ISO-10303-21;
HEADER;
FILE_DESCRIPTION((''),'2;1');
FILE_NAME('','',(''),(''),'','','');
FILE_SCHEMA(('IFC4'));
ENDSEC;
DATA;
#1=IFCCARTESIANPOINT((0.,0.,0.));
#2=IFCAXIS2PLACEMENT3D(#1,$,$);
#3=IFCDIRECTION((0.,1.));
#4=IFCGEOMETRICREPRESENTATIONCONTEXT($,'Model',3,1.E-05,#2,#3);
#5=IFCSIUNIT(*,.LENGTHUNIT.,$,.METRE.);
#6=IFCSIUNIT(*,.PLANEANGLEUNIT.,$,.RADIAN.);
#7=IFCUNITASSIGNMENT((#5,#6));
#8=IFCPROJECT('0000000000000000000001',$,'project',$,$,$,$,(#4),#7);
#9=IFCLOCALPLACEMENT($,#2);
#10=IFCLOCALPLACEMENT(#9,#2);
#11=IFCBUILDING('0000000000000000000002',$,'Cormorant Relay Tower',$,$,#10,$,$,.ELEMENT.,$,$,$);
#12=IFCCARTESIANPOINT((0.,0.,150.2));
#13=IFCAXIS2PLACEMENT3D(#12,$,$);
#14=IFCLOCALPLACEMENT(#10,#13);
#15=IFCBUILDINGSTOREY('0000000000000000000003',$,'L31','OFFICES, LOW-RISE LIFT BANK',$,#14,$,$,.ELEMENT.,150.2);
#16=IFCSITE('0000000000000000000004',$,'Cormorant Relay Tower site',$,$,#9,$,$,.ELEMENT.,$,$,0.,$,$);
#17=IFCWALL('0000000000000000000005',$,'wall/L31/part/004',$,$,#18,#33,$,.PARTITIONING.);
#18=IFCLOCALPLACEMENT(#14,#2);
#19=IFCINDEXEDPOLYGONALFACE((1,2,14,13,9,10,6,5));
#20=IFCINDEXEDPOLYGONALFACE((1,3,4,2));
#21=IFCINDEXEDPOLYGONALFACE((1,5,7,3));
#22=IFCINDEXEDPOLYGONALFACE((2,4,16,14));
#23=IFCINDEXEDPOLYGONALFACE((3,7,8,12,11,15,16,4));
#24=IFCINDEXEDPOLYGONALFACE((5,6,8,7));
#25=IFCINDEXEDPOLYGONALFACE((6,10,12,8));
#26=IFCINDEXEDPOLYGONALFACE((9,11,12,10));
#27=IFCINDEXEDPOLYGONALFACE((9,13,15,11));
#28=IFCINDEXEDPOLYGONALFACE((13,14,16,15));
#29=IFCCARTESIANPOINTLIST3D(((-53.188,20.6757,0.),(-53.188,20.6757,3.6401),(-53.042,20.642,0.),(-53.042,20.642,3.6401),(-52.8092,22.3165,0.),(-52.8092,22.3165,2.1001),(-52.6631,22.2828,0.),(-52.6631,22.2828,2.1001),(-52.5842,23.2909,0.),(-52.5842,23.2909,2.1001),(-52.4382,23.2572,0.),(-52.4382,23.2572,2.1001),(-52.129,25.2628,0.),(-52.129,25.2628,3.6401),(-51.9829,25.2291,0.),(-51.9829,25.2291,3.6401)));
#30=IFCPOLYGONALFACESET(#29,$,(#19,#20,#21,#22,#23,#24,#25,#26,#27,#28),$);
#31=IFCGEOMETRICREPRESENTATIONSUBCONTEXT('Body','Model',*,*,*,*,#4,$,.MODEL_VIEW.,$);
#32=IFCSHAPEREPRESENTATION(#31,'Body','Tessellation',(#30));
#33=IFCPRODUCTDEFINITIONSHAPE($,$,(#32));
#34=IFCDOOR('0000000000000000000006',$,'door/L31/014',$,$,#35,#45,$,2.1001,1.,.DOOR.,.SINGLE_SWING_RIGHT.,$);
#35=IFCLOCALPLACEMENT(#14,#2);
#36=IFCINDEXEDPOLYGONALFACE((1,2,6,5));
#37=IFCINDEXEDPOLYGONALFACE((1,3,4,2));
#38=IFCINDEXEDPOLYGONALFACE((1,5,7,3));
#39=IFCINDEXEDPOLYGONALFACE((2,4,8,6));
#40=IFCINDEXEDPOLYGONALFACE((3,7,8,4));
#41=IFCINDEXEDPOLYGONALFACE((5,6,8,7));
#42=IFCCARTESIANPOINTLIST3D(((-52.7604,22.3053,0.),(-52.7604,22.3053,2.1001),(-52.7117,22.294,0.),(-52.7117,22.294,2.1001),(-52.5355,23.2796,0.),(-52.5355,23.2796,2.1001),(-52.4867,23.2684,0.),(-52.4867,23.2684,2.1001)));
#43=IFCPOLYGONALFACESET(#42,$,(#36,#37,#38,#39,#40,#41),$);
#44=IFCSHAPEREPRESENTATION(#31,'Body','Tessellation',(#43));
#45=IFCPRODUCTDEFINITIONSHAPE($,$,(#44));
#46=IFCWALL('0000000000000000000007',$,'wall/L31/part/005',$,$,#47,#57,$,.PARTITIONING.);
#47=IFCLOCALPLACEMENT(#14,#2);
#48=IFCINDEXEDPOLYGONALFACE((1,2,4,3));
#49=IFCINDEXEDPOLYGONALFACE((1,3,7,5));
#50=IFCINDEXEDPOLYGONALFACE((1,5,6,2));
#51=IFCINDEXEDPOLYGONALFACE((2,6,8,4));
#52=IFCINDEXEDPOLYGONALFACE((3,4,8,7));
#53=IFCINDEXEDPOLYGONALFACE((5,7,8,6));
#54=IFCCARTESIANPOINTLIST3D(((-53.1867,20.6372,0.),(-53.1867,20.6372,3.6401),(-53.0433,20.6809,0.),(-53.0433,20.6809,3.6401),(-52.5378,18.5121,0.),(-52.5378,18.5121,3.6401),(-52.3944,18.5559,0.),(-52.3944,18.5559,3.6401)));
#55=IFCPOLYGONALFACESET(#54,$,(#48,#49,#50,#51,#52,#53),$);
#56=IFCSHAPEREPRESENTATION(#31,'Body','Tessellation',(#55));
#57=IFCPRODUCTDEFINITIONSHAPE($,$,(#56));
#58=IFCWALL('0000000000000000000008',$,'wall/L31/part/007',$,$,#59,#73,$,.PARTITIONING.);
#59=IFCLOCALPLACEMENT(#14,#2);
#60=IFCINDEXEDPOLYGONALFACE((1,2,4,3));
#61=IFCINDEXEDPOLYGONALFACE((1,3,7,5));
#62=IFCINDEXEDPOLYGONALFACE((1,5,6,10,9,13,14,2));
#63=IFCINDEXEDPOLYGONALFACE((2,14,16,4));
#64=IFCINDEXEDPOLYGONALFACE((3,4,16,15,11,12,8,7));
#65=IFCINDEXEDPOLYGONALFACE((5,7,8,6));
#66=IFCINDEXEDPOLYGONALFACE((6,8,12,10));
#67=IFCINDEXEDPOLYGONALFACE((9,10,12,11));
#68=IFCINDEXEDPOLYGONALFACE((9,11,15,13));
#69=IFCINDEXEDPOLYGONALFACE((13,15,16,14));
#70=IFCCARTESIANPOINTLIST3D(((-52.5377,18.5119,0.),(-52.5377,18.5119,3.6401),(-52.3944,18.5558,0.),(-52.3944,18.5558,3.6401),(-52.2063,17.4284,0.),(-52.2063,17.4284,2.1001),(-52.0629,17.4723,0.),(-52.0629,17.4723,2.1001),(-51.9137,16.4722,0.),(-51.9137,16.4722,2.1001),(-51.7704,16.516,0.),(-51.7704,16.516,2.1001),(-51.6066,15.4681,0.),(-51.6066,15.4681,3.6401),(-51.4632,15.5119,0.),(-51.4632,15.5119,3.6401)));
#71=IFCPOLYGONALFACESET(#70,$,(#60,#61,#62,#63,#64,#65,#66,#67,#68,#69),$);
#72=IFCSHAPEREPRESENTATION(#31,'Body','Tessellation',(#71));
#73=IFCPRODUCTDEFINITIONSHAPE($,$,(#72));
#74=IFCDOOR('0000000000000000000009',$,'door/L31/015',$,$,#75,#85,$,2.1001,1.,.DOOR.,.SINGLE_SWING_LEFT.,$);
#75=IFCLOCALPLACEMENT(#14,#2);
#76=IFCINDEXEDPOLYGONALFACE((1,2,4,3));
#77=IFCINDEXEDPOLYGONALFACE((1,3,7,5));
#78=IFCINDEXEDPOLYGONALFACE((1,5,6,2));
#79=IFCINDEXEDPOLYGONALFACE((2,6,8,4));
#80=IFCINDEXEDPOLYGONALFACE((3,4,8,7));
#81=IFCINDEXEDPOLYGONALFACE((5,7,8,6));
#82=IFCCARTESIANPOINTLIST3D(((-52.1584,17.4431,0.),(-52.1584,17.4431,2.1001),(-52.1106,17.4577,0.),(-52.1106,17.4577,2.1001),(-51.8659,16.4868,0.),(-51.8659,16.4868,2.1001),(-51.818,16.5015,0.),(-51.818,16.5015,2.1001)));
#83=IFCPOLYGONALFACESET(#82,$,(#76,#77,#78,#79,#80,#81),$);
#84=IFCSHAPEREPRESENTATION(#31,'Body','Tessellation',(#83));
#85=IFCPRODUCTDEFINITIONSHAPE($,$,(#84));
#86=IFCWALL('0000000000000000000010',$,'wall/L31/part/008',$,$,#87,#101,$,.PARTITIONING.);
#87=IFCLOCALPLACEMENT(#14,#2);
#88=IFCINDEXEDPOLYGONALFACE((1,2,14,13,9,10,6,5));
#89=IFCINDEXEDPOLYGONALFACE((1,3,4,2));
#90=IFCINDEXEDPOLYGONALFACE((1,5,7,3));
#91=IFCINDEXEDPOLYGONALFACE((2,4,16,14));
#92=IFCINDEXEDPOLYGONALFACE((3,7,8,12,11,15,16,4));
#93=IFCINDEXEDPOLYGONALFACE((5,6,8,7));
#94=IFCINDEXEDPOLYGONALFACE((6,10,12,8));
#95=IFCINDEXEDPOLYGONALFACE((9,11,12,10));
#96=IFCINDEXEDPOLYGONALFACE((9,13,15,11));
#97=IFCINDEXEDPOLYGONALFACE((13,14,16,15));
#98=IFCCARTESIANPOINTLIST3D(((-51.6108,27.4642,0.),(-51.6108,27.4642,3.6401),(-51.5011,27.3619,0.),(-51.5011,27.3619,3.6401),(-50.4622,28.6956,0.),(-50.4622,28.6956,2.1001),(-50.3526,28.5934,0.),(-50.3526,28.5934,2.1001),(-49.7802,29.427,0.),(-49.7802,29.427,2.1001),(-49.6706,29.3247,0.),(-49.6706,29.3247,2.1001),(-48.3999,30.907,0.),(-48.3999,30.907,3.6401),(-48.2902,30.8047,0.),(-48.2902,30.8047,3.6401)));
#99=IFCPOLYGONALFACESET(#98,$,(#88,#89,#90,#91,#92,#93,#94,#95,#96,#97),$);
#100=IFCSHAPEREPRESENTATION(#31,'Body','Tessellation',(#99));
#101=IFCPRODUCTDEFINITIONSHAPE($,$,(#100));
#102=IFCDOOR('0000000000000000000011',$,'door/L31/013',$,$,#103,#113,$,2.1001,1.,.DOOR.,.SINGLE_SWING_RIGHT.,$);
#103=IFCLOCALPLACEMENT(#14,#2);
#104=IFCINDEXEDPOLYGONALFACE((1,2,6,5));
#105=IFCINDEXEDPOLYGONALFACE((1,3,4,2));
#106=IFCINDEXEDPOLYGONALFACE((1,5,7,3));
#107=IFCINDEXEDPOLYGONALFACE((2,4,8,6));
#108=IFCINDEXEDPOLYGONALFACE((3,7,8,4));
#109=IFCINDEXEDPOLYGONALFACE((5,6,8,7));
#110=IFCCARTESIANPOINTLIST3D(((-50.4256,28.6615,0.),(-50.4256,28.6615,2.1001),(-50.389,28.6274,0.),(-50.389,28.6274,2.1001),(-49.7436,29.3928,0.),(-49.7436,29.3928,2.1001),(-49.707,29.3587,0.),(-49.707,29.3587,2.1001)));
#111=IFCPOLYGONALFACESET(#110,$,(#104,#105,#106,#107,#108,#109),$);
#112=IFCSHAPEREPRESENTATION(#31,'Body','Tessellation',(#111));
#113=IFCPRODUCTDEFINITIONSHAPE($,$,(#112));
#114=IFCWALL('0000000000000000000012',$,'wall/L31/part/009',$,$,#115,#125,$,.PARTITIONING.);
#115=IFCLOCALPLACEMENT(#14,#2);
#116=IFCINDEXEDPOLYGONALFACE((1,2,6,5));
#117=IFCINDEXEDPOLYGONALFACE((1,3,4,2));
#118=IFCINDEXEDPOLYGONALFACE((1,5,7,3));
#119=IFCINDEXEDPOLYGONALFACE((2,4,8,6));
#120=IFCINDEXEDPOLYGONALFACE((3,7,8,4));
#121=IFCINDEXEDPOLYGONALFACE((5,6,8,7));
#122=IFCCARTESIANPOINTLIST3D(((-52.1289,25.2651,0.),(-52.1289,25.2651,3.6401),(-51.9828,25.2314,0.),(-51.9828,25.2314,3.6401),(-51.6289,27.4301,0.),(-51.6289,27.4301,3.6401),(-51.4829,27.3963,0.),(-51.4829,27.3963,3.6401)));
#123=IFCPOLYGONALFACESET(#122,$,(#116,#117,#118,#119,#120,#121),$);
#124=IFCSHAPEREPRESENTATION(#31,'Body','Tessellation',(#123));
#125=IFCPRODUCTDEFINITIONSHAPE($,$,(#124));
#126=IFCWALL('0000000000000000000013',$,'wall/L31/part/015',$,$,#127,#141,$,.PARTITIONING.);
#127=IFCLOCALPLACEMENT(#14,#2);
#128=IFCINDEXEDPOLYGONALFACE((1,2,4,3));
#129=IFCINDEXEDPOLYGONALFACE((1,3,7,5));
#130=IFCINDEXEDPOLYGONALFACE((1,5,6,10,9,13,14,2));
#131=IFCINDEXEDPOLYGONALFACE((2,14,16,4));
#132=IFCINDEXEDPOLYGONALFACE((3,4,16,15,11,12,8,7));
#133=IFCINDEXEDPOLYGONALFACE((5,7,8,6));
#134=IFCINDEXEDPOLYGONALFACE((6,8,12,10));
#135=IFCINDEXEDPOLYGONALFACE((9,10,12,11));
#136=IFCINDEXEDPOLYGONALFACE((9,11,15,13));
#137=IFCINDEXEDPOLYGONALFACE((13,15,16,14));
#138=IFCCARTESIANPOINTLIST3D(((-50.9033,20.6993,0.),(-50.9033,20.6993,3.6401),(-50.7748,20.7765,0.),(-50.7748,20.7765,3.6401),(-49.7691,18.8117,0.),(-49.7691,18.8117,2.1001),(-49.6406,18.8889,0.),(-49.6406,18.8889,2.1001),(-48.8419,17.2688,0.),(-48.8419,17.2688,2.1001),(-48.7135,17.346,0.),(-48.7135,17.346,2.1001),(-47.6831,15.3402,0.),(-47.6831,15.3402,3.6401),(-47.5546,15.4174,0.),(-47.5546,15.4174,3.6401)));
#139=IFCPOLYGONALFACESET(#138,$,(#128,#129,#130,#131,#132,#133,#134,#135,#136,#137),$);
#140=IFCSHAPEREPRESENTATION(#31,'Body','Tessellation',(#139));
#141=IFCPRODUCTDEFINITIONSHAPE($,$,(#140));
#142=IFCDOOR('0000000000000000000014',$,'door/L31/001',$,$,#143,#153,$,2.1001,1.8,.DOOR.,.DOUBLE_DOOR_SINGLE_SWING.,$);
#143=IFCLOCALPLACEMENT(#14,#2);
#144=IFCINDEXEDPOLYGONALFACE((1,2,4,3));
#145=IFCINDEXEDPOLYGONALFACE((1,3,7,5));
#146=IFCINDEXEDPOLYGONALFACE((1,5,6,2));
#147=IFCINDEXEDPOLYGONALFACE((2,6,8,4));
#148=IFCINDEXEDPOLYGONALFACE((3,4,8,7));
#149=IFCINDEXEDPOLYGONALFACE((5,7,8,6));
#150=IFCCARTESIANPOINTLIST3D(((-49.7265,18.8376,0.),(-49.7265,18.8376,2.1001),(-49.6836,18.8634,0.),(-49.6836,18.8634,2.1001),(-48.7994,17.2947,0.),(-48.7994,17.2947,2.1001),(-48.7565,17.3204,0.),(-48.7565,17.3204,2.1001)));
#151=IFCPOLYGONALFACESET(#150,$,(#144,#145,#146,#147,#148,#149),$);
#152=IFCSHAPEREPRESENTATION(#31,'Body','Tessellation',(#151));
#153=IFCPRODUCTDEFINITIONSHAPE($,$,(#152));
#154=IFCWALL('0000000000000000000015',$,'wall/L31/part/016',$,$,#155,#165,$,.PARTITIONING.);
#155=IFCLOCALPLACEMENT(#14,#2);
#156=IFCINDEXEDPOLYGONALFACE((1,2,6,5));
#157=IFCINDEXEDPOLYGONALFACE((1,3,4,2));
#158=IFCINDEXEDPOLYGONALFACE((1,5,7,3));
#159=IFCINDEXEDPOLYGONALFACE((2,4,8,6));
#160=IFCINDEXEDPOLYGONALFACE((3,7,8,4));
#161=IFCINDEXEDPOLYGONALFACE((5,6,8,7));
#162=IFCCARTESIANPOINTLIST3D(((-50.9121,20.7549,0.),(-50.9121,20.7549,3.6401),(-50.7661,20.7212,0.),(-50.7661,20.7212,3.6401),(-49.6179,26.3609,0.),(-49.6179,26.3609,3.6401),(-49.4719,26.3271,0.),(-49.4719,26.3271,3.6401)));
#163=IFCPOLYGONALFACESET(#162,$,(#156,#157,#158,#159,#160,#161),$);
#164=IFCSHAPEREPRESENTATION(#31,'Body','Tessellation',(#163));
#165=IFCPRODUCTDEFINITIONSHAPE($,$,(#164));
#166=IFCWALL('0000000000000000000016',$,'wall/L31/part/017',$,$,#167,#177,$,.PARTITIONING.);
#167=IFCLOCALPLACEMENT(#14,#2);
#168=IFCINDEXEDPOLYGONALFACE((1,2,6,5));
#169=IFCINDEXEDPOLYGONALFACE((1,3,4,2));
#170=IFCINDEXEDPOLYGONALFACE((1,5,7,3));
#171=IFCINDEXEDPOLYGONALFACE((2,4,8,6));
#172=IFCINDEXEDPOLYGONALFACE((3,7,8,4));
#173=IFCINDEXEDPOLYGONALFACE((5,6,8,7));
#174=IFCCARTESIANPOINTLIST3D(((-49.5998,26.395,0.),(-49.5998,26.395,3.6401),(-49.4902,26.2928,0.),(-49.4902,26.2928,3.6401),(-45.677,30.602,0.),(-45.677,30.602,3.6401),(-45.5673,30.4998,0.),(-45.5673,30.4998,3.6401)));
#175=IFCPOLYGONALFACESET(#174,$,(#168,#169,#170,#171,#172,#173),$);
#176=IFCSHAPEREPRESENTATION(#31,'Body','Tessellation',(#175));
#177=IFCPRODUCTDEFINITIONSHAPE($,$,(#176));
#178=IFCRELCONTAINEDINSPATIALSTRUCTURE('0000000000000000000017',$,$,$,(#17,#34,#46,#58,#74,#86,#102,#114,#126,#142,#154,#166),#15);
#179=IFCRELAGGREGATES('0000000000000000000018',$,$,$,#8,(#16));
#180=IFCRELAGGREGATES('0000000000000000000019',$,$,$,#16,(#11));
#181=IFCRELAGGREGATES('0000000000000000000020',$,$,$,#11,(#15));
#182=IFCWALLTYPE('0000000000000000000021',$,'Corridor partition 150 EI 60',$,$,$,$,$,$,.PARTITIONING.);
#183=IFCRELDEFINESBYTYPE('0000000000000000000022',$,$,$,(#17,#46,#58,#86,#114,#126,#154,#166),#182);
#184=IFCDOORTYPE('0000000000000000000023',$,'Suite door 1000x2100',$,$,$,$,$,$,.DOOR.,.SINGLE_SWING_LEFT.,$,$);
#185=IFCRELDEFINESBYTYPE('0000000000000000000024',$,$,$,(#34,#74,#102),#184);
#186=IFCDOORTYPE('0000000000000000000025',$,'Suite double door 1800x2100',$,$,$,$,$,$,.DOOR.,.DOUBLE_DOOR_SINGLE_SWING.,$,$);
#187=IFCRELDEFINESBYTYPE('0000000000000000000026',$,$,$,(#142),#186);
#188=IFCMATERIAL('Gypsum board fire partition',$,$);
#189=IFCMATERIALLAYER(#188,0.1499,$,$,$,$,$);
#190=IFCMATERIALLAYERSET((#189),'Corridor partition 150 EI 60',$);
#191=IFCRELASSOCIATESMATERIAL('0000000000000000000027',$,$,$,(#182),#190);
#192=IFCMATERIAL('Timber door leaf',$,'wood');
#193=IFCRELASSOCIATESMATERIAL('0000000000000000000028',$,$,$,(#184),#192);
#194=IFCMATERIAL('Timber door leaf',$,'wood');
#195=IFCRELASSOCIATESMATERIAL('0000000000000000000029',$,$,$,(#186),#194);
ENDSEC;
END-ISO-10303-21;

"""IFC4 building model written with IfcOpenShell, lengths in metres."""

from ifc_helpers import new_model, si_unit, direction, frame, frame_2d, origin, place, context, subcontext, project, spatial, rectangle, extrude, material, layer, layer_set, type_object, element, fill, save


model = new_model("IFC4")

# Units and contexts
model_context = context("Model", 3, precision=1e-05, world=origin(), true_north=direction((0.0, 1.0)))
body_context = subcontext(model_context, "Body", "Model", "MODEL_VIEW")
ifc_project = project(units=[si_unit("LENGTHUNIT", "METRE"), si_unit("PLANEANGLEUNIT", "RADIAN")], contexts=[model_context])

# Site, building, storey
site_placement = place(None, origin())
site = spatial("IfcSite", under=ifc_project, at=site_placement, Name="Cormorant Relay Tower site", CompositionType="ELEMENT", RefElevation=0.0)
building_placement = place(site_placement, origin())
building = spatial("IfcBuilding", under=site, at=building_placement, Name="Cormorant Relay Tower", CompositionType="ELEMENT")
storey_placement = place(building_placement, frame((0.0, 0.0, 150.2)))
storey = spatial("IfcBuildingStorey", under=building, at=storey_placement, Name="L31", Description="OFFICES, LOW-RISE LIFT BANK", CompositionType="ELEMENT", Elevation=150.2)

# Wall, opening, door
ifc_material_1 = material(Name="Gypsum board fire partition")
ifc_layer_1 = layer(ifc_material_1, 0.1499)
ifc_layer_set_1 = layer_set([ifc_layer_1], Name="Corridor partition 150 EI 60")
wall_type_1 = type_object("IfcWallType", Name="Corridor partition 150 EI 60", PredefinedType="PARTITIONING", material=ifc_layer_set_1)
wall_1_placement = place(storey_placement, frame((-52.0559, 25.2461, 0.0), z_axis=(0.0, 0.0, 1.0), x_axis=(-0.224962, -0.974368, 0.0)))
wall_1 = element("IfcWall", 1, at=wall_1_placement, inside=storey, type_object=wall_type_1, Name="wall/L31/part/004", PredefinedType="PARTITIONING", context=body_context, shape_type="SweptSolid", body=[
    extrude(rectangle(XDim=4.7078, YDim=0.1499, at=frame_2d((2.354, 0.0))), origin(), (0.0, 0.0, 1.0), 3.6401),
])
opening_1_placement = place(wall_1_placement, frame((2.0239, 0.0, 0.0)))
opening_1 = element("IfcOpeningElement", 2, at=opening_1_placement, cuts=wall_1, PredefinedType="OPENING", context=body_context, shape_type="SweptSolid", body=[
    extrude(rectangle(XDim=1.0, YDim=2.1001, at=frame_2d((0.5, 1.05))), frame((0.0, 0.085, 0.0), z_axis=(0.0, -1.0, 0.0), x_axis=(1.0, 0.0, 0.0)), (0.0, 0.0, 1.0), 0.1699),
])
ifc_material_2 = material(Name="Timber door leaf", Category="wood")
door_type_1 = type_object("IfcDoorType", Name="Suite door 1000x2100", OperationType="SINGLE_SWING_LEFT", PredefinedType="DOOR", material=ifc_material_2)
door_1_placement = place(opening_1_placement, frame((1.0, 0.0, 0.0), z_axis=(0.0, 0.0, 1.0), x_axis=(-1.0, 0.0, 0.0)))
door_1 = element("IfcDoor", 3, at=door_1_placement, inside=storey, type_object=door_type_1, Name="door/L31/014", OperationType="SINGLE_SWING_RIGHT", OverallHeight=2.1001, OverallWidth=1.0, PredefinedType="DOOR", context=body_context, shape_type="SweptSolid", body=[
    extrude(rectangle(XDim=1.0, YDim=2.1001, at=frame_2d((0.5, 1.05))), frame((0.0, 0.0249, 0.0), z_axis=(0.0, -1.0, 0.0), x_axis=(1.0, 0.0, 0.0)), (0.0, 0.0, 1.0), 0.05),
])
fill(opening_1, door_1)

# Wall
wall_2_placement = place(storey_placement, frame((-53.115, 20.6589, 0.0), z_axis=(0.0, 0.0, 1.0), x_axis=(0.292062, -0.956399, 0.0)))
element("IfcWall", 4, at=wall_2_placement, inside=storey, type_object=wall_type_1, Name="wall/L31/part/005", PredefinedType="PARTITIONING", context=body_context, shape_type="SweptSolid", body=[
    extrude(rectangle(XDim=2.2219, YDim=0.1499, at=frame_2d((1.1108, 0.0))), origin(), (0.0, 0.0, 1.0), 3.6401),
])

# Walls, openings, doors
wall_3_placement = place(storey_placement, frame((-51.5349, 15.49, 0.0), z_axis=(0.0, 0.0, 1.0), x_axis=(-0.292522, 0.956259, 0.0)))
wall_3 = element("IfcWall", 5, at=wall_3_placement, inside=storey, type_object=wall_type_1, Name="wall/L31/part/007", PredefinedType="PARTITIONING", context=body_context, shape_type="SweptSolid", body=[
    extrude(rectangle(XDim=3.1831, YDim=0.1499, at=frame_2d((1.5916, 0.0))), origin(), (0.0, 0.0, 1.0), 3.6401),
])
opening_2_placement = place(wall_3_placement, frame((1.05, 0.0, 0.0)))
opening_2 = element("IfcOpeningElement", 6, at=opening_2_placement, cuts=wall_3, PredefinedType="OPENING", context=body_context, shape_type="SweptSolid", body=[
    extrude(rectangle(XDim=1.0, YDim=2.1001, at=frame_2d((0.5, 1.05))), frame((0.0, 0.085, 0.0), z_axis=(0.0, -1.0, 0.0), x_axis=(1.0, 0.0, 0.0)), (0.0, 0.0, 1.0), 0.1699),
])
door_2_placement = place(opening_2_placement, origin())
door_2 = element("IfcDoor", 7, at=door_2_placement, inside=storey, type_object=door_type_1, Name="door/L31/015", OperationType="SINGLE_SWING_LEFT", OverallHeight=2.1001, OverallWidth=1.0, PredefinedType="DOOR", context=body_context, shape_type="SweptSolid", body=[
    extrude(rectangle(XDim=1.0, YDim=2.1001, at=frame_2d((0.5, 1.05))), frame((0.0, 0.0249, 0.0), z_axis=(0.0, -1.0, 0.0), x_axis=(1.0, 0.0, 0.0)), (0.0, 0.0, 1.0), 0.05),
])
fill(opening_2, door_2)
wall_4_placement = place(storey_placement, frame((-48.345, 30.856, 0.0), z_axis=(0.0, 0.0, 1.0), x_axis=(-0.682045, -0.73131, 0.0)))
wall_4 = element("IfcWall", 8, at=wall_4_placement, inside=storey, type_object=wall_type_1, Name="wall/L31/part/008", PredefinedType="PARTITIONING", context=body_context, shape_type="SweptSolid", body=[
    extrude(rectangle(XDim=4.7078, YDim=0.1499, at=frame_2d((2.354, 0.0))), origin(), (0.0, 0.0, 1.0), 3.6401),
])
opening_3_placement = place(wall_4_placement, frame((2.0239, 0.0, 0.0)))
opening_3 = element("IfcOpeningElement", 9, at=opening_3_placement, cuts=wall_4, PredefinedType="OPENING", context=body_context, shape_type="SweptSolid", body=[
    extrude(rectangle(XDim=1.0, YDim=2.1001, at=frame_2d((0.5, 1.05))), frame((0.0, 0.085, 0.0), z_axis=(0.0, -1.0, 0.0), x_axis=(1.0, 0.0, 0.0)), (0.0, 0.0, 1.0), 0.1699),
])
door_3_placement = place(opening_3_placement, frame((1.0, 0.0, 0.0), z_axis=(0.0, 0.0, 1.0), x_axis=(-1.0, 0.0, 0.0)))
door_3 = element("IfcDoor", 10, at=door_3_placement, inside=storey, type_object=door_type_1, Name="door/L31/013", OperationType="SINGLE_SWING_RIGHT", OverallHeight=2.1001, OverallWidth=1.0, PredefinedType="DOOR", context=body_context, shape_type="SweptSolid", body=[
    extrude(rectangle(XDim=1.0, YDim=2.1001, at=frame_2d((0.5, 1.05))), frame((0.0, 0.0249, 0.0), z_axis=(0.0, -1.0, 0.0), x_axis=(1.0, 0.0, 0.0)), (0.0, 0.0, 1.0), 0.05),
])
fill(opening_3, door_3)

# Wall
wall_5_placement = place(storey_placement, frame((-51.5559, 27.4131, 0.0), z_axis=(0.0, 0.0, 1.0), x_axis=(-0.22502, -0.974354, 0.0)))
element("IfcWall", 11, at=wall_5_placement, inside=storey, type_object=wall_type_1, Name="wall/L31/part/009", PredefinedType="PARTITIONING", context=body_context, shape_type="SweptSolid", body=[
    extrude(rectangle(XDim=2.2219, YDim=0.1499, at=frame_2d((1.1108, 0.0))), origin(), (0.0, 0.0, 1.0), 3.6401),
])

# Wall, opening, door
wall_6_placement = place(storey_placement, frame((-47.6189, 15.3789, 0.0), z_axis=(0.0, 0.0, 1.0), x_axis=(-0.515053, 0.857159, 0.0)))
wall_6 = element("IfcWall", 12, at=wall_6_placement, inside=storey, type_object=wall_type_1, Name="wall/L31/part/015", PredefinedType="PARTITIONING", context=body_context, shape_type="SweptSolid", body=[
    extrude(rectangle(XDim=6.2522, YDim=0.1499, at=frame_2d((3.126, 0.0))), origin(), (0.0, 0.0, 1.0), 3.6401),
])
opening_4_placement = place(wall_6_placement, frame((2.25, 0.0, 0.0)))
opening_4 = element("IfcOpeningElement", 13, at=opening_4_placement, cuts=wall_6, PredefinedType="OPENING", context=body_context, shape_type="SweptSolid", body=[
    extrude(rectangle(XDim=1.8, YDim=2.1001, at=frame_2d((0.8999, 1.05))), frame((0.0, 0.085, 0.0), z_axis=(0.0, -1.0, 0.0), x_axis=(1.0, 0.0, 0.0)), (0.0, 0.0, 1.0), 0.1699),
])
ifc_material_3 = material(Name="Timber door leaf", Category="wood")
door_type_2 = type_object("IfcDoorType", Name="Suite double door 1800x2100", OperationType="DOUBLE_DOOR_SINGLE_SWING", PredefinedType="DOOR", material=ifc_material_3)
door_4_placement = place(opening_4_placement, frame((1.8, 0.0, 0.0), z_axis=(0.0, 0.0, 1.0), x_axis=(-1.0, 0.0, 0.0)))
door_4 = element("IfcDoor", 14, at=door_4_placement, inside=storey, type_object=door_type_2, Name="door/L31/001", OperationType="DOUBLE_DOOR_SINGLE_SWING", OverallHeight=2.1001, OverallWidth=1.8, PredefinedType="DOOR", context=body_context, shape_type="SweptSolid", body=[
    extrude(rectangle(XDim=1.8, YDim=2.1001, at=frame_2d((0.8999, 1.05))), frame((0.0, 0.0249, 0.0), z_axis=(0.0, -1.0, 0.0), x_axis=(1.0, 0.0, 0.0)), (0.0, 0.0, 1.0), 0.05),
])
fill(opening_4, door_4)

# Walls
wall_7_placement = place(storey_placement, frame((-50.8391, 20.738, 0.0), z_axis=(0.0, 0.0, 1.0), x_axis=(0.224943, 0.974372, 0.0)))
element("IfcWall", 15, at=wall_7_placement, inside=storey, type_object=wall_type_1, Name="wall/L31/part/016", PredefinedType="PARTITIONING", context=body_context, shape_type="SweptSolid", body=[
    extrude(rectangle(XDim=5.7534, YDim=0.1499, at=frame_2d((2.8767, 0.0))), origin(), (0.0, 0.0, 1.0), 3.6401),
])
wall_8_placement = place(storey_placement, frame((-49.5449, 26.344, 0.0), z_axis=(0.0, 0.0, 1.0), x_axis=(0.681973, 0.731377, 0.0)))
element("IfcWall", 16, at=wall_8_placement, inside=storey, type_object=wall_type_1, Name="wall/L31/part/017", PredefinedType="PARTITIONING", context=body_context, shape_type="SweptSolid", body=[
    extrude(rectangle(XDim=5.7522, YDim=0.1499, at=frame_2d((2.876, 0.0))), origin(), (0.0, 0.0, 1.0), 3.6401),
])

save(model, "model.ifc")
